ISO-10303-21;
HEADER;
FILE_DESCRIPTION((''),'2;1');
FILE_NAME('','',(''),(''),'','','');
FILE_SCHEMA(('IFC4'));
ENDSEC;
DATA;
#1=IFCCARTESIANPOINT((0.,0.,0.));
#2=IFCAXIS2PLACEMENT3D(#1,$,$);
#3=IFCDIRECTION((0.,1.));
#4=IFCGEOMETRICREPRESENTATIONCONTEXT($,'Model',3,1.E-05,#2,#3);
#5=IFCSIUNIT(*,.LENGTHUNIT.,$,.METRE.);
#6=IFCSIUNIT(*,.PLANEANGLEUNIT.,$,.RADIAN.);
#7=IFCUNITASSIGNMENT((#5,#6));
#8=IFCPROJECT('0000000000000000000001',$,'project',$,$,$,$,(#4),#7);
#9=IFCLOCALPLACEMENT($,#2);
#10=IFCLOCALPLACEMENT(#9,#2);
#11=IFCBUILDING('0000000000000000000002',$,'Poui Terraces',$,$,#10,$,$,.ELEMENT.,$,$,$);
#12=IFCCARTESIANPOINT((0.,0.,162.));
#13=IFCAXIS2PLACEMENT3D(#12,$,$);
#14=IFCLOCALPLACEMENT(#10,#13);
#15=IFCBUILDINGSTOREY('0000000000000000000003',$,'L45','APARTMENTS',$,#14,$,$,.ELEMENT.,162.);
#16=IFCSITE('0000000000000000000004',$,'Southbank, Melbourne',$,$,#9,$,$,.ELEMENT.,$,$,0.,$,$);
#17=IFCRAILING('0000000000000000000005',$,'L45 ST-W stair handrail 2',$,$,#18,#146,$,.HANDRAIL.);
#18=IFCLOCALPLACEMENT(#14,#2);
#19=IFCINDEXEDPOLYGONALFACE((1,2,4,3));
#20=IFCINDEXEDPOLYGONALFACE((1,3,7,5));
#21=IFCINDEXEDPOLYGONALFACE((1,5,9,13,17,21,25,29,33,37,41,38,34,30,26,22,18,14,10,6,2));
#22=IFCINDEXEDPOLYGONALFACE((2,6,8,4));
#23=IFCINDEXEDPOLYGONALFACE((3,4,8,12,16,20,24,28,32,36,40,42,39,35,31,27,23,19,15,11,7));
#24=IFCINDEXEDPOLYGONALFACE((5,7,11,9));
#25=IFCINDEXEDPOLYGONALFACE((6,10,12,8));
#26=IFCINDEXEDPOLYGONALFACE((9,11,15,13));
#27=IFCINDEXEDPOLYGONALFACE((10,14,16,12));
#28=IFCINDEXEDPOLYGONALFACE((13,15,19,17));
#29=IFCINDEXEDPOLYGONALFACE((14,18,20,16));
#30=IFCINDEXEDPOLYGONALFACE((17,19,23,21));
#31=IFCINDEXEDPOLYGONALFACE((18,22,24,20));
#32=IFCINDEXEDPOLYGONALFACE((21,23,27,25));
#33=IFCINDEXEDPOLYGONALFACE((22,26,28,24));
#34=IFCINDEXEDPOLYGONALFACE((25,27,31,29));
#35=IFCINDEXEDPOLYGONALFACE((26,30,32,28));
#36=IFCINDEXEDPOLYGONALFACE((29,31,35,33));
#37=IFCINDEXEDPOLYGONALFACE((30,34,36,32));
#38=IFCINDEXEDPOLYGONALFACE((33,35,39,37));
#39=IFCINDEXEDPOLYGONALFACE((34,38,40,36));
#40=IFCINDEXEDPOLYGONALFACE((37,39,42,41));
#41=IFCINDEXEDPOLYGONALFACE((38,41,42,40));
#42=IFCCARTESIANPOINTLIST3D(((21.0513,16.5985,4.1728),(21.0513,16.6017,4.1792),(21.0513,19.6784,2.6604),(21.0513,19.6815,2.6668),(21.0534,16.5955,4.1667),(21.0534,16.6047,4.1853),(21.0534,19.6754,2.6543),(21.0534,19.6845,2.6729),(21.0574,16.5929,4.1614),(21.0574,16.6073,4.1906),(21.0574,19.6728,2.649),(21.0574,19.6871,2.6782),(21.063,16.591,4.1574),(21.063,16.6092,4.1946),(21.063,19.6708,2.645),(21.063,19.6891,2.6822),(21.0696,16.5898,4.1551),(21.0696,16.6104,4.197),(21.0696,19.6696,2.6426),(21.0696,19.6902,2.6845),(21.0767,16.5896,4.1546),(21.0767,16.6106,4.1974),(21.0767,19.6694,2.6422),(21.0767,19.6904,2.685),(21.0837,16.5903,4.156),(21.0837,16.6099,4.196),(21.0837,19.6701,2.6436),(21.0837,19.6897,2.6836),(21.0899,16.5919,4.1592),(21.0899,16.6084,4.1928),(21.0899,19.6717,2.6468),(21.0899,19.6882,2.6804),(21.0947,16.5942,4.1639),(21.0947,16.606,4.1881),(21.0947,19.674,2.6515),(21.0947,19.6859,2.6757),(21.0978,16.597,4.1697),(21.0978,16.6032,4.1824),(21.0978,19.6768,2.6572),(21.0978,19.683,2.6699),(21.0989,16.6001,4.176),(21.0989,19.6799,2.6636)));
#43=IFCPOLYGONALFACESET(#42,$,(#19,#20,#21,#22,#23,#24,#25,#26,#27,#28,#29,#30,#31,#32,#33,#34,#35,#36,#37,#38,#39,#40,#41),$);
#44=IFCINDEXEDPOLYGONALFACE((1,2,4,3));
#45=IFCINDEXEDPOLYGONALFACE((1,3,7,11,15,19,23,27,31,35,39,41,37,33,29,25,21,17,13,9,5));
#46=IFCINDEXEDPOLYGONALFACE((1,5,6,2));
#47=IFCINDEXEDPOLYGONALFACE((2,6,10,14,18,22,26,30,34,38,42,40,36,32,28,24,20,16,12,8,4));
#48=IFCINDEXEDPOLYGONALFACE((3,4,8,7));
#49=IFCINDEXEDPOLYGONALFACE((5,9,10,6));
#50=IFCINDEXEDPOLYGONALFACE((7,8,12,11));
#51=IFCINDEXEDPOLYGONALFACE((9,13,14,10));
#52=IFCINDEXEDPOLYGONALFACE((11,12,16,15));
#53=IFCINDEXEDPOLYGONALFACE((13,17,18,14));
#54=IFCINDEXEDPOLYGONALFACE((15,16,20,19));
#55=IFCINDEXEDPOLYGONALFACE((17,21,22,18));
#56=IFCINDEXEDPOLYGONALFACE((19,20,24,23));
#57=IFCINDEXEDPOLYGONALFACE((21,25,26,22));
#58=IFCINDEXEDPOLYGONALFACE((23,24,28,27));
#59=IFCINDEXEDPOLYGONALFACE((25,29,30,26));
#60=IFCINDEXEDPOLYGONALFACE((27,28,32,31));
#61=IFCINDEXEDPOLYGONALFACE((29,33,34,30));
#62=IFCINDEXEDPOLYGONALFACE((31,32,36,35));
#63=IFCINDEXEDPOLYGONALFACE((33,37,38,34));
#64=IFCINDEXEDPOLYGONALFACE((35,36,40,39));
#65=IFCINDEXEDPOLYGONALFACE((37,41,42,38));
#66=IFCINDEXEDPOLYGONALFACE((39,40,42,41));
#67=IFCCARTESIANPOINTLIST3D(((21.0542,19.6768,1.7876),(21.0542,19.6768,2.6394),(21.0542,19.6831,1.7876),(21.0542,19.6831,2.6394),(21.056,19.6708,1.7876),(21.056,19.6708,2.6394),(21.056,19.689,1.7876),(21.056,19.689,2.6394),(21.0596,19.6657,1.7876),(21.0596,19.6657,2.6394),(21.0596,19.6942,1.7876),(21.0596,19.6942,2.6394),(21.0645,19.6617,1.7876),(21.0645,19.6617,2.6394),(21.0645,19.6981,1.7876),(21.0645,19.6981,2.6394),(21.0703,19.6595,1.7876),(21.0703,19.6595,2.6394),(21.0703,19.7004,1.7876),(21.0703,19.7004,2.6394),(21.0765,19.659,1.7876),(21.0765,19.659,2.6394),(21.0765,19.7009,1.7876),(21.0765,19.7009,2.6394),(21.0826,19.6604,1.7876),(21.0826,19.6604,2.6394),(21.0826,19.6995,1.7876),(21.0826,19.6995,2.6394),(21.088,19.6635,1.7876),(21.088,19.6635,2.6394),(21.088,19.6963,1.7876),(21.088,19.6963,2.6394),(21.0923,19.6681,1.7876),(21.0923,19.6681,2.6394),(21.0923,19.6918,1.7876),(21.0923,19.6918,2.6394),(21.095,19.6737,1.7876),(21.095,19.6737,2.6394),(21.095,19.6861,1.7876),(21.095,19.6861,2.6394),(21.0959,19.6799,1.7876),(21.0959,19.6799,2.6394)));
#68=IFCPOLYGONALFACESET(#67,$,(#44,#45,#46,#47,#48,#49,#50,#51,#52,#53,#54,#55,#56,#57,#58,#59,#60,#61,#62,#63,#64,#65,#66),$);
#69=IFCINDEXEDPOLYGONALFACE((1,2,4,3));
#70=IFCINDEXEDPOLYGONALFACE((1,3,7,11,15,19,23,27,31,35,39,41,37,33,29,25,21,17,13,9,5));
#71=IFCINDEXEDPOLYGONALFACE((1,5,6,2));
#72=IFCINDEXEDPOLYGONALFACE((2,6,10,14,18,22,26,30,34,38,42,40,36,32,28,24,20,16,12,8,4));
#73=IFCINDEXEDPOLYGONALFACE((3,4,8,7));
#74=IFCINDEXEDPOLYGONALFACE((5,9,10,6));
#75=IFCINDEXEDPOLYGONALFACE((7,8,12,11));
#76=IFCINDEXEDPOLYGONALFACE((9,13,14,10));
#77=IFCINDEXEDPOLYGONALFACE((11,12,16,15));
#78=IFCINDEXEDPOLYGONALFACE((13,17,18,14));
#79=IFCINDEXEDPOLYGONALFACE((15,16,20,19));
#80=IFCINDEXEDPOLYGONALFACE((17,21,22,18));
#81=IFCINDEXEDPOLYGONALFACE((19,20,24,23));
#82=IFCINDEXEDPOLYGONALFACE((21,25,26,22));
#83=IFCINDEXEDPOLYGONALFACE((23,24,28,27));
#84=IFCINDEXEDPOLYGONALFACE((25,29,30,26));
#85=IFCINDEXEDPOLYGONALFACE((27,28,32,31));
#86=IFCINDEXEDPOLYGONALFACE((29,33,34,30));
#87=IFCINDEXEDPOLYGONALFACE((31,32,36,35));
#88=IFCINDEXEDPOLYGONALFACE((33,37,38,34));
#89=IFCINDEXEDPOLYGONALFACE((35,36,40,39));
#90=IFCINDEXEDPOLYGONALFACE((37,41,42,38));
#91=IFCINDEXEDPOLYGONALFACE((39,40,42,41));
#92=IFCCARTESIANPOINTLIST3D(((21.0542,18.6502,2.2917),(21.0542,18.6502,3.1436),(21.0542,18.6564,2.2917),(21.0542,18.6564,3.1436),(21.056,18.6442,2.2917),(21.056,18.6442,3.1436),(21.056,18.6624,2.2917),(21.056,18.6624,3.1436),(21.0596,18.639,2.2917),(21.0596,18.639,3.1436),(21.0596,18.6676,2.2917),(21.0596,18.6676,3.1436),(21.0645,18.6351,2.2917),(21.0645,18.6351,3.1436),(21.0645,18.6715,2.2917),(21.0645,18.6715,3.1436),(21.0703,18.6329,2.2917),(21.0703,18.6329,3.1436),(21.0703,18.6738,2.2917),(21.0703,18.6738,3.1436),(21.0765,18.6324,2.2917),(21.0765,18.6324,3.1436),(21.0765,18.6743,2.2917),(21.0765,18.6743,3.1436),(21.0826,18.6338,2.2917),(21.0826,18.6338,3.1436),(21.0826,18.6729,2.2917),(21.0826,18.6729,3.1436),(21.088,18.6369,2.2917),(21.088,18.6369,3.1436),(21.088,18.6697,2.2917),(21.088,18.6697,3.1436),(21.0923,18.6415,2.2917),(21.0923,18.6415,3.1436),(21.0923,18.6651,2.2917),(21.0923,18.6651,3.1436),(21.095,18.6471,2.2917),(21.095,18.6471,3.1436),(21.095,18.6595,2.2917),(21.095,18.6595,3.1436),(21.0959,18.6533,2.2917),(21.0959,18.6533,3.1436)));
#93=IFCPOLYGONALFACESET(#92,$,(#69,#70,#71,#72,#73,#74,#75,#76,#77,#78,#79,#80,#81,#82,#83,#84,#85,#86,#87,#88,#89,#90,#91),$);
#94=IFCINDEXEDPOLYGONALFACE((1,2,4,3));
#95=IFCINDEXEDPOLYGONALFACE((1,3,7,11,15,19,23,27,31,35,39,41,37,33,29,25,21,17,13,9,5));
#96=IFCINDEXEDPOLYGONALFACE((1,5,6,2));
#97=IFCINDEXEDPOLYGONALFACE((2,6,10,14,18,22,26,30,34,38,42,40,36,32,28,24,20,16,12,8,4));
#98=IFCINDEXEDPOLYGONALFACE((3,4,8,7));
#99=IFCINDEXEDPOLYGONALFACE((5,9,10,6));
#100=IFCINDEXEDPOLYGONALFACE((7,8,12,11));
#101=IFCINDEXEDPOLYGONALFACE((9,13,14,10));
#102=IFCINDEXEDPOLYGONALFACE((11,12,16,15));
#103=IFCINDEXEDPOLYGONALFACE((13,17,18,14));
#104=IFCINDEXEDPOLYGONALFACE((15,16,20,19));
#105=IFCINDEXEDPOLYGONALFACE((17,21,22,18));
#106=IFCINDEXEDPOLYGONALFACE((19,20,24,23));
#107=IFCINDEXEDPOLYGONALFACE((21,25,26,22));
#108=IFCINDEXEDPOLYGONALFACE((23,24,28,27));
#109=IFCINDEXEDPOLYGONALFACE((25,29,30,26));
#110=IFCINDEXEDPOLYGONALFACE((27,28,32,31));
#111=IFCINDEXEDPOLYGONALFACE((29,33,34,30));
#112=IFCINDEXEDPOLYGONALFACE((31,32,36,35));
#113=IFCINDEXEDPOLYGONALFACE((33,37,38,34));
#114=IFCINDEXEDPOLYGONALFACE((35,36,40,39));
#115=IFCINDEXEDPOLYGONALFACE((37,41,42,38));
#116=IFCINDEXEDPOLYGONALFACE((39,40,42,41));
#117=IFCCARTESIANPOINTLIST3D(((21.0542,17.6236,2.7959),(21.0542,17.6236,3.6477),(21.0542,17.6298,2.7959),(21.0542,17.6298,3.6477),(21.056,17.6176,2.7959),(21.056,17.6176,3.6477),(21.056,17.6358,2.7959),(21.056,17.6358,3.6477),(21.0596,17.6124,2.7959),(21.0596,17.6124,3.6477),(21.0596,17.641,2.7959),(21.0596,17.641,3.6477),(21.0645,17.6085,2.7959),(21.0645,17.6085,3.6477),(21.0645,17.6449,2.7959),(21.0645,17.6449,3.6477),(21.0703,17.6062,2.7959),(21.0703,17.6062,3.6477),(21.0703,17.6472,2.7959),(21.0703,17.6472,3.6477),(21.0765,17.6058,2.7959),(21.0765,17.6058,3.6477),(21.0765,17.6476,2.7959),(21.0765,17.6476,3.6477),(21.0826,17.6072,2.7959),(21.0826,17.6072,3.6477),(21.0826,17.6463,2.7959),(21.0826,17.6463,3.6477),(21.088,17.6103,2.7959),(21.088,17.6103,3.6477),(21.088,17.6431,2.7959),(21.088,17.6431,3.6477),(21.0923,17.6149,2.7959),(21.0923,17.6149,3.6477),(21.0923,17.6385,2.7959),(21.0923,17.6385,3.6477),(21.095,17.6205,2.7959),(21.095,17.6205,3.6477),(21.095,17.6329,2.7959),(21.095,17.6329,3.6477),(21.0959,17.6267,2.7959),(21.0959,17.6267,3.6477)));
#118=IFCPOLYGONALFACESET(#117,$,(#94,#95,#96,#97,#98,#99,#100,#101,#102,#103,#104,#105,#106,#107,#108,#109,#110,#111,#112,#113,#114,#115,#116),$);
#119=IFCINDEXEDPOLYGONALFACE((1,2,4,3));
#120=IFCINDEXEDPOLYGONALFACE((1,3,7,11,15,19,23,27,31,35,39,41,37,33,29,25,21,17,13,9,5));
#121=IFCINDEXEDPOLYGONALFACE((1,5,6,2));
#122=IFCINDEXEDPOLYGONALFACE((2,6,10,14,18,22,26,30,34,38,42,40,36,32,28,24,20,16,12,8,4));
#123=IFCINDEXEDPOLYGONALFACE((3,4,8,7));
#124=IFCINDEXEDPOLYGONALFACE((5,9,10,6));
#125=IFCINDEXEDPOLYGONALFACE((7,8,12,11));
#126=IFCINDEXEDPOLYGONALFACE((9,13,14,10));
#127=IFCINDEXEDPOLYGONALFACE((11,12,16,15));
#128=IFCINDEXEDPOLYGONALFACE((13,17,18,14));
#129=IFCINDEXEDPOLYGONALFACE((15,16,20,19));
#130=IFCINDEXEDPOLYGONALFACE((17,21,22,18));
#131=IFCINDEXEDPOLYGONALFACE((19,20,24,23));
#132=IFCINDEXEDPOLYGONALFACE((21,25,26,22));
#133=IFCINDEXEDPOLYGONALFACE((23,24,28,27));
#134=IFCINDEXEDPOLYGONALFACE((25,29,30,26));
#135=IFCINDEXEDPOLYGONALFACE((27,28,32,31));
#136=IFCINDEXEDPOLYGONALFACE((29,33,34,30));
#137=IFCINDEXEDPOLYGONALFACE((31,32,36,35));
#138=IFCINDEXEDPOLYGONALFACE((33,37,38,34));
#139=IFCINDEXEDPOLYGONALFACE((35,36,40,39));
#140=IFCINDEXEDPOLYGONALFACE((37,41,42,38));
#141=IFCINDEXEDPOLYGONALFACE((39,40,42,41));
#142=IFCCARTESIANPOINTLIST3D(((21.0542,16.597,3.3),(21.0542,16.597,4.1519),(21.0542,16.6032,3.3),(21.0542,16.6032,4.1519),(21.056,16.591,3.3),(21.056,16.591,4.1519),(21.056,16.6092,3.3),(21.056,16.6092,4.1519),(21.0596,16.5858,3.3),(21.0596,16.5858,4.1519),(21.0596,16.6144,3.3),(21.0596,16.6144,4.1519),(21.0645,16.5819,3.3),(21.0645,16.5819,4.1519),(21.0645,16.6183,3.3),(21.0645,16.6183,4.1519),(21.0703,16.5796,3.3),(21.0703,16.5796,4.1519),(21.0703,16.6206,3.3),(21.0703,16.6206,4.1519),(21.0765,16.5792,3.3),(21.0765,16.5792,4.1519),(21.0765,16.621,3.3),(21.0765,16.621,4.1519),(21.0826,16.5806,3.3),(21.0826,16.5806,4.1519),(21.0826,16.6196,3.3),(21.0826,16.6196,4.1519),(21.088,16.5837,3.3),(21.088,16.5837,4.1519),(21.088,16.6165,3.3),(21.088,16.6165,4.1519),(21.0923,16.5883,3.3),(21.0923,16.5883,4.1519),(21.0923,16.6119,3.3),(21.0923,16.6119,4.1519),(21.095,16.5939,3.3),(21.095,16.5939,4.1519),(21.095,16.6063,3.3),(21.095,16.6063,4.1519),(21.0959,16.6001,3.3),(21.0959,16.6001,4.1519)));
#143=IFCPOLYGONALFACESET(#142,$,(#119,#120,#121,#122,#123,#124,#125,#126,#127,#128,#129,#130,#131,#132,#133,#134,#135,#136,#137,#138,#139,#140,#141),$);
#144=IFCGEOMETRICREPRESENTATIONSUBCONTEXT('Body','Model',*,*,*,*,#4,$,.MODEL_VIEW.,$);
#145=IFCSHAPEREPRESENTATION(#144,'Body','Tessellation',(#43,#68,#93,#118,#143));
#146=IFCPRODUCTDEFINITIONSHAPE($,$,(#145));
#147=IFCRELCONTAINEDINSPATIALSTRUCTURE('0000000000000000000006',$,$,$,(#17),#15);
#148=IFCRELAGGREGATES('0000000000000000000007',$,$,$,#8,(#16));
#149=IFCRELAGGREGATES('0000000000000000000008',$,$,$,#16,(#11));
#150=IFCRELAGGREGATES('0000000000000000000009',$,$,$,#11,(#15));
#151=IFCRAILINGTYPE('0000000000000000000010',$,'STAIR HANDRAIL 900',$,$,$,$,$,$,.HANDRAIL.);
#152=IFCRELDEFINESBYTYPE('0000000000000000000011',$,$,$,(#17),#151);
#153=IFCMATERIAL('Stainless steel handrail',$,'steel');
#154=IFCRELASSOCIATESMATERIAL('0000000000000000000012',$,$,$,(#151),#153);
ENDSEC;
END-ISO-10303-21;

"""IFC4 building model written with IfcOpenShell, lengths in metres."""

from ifc_helpers import new_model, si_unit, direction, frame, origin, origin_2d, place, context, subcontext, project, spatial, circle, extrude, material, type_object, element, save


model = new_model("IFC4")

# Units and contexts
model_context = context("Model", 3, precision=1e-05, world=origin(), true_north=direction((0.0, 1.0)))
body_context = subcontext(model_context, "Body", "Model", "MODEL_VIEW")
ifc_project = project(units=[si_unit("LENGTHUNIT", "METRE"), si_unit("PLANEANGLEUNIT", "RADIAN")], contexts=[model_context])

# Site, building, storey
site_placement = place(None, origin())
site = spatial("IfcSite", under=ifc_project, at=site_placement, Name="Southbank, Melbourne", CompositionType="ELEMENT", RefElevation=0.0)
building_placement = place(site_placement, origin())
building = spatial("IfcBuilding", under=site, at=building_placement, Name="Poui Terraces", CompositionType="ELEMENT")
storey_placement = place(building_placement, frame((0.0, 0.0, 162.0)))
storey = spatial("IfcBuildingStorey", under=building, at=storey_placement, Name="L45", Description="APARTMENTS", CompositionType="ELEMENT", Elevation=162.0)

# Railing
ifc_material_1 = material(Name="Stainless steel handrail", Category="steel")
railing_type_1 = type_object("IfcRailingType", Name="STAIR HANDRAIL 900", PredefinedType="HANDRAIL", material=ifc_material_1)
railing_1_placement = place(storey_placement, frame((21.075, 19.6799, 1.7876)))
element("IfcRailing", 1, at=railing_1_placement, inside=storey, type_object=railing_type_1, Name="L45 ST-W stair handrail 2", PredefinedType="HANDRAIL", context=body_context, shape_type="SweptSolid", body=[
    extrude(circle(Radius=0.0239, at=origin_2d()), frame((0.0, 0.0, 0.876), z_axis=(0.0, -0.897606, 0.440798), x_axis=(1.0, 0.0, 0.0)), (0.0, 0.0, 1.0), 3.4312),
    extrude(circle(Radius=0.021, at=origin_2d()), origin(), (0.0, 0.0, 1.0), 0.8518),
    extrude(circle(Radius=0.021, at=origin_2d()), frame((0.0, -1.0266, 0.5042)), (0.0, 0.0, 1.0), 0.8518),
    extrude(circle(Radius=0.021, at=origin_2d()), frame((0.0, -2.0532, 1.0083)), (0.0, 0.0, 1.0), 0.8518),
    extrude(circle(Radius=0.021, at=origin_2d()), frame((0.0, -3.0798, 1.5125)), (0.0, 0.0, 1.0), 0.8518),
])

save(model, "model.ifc")
